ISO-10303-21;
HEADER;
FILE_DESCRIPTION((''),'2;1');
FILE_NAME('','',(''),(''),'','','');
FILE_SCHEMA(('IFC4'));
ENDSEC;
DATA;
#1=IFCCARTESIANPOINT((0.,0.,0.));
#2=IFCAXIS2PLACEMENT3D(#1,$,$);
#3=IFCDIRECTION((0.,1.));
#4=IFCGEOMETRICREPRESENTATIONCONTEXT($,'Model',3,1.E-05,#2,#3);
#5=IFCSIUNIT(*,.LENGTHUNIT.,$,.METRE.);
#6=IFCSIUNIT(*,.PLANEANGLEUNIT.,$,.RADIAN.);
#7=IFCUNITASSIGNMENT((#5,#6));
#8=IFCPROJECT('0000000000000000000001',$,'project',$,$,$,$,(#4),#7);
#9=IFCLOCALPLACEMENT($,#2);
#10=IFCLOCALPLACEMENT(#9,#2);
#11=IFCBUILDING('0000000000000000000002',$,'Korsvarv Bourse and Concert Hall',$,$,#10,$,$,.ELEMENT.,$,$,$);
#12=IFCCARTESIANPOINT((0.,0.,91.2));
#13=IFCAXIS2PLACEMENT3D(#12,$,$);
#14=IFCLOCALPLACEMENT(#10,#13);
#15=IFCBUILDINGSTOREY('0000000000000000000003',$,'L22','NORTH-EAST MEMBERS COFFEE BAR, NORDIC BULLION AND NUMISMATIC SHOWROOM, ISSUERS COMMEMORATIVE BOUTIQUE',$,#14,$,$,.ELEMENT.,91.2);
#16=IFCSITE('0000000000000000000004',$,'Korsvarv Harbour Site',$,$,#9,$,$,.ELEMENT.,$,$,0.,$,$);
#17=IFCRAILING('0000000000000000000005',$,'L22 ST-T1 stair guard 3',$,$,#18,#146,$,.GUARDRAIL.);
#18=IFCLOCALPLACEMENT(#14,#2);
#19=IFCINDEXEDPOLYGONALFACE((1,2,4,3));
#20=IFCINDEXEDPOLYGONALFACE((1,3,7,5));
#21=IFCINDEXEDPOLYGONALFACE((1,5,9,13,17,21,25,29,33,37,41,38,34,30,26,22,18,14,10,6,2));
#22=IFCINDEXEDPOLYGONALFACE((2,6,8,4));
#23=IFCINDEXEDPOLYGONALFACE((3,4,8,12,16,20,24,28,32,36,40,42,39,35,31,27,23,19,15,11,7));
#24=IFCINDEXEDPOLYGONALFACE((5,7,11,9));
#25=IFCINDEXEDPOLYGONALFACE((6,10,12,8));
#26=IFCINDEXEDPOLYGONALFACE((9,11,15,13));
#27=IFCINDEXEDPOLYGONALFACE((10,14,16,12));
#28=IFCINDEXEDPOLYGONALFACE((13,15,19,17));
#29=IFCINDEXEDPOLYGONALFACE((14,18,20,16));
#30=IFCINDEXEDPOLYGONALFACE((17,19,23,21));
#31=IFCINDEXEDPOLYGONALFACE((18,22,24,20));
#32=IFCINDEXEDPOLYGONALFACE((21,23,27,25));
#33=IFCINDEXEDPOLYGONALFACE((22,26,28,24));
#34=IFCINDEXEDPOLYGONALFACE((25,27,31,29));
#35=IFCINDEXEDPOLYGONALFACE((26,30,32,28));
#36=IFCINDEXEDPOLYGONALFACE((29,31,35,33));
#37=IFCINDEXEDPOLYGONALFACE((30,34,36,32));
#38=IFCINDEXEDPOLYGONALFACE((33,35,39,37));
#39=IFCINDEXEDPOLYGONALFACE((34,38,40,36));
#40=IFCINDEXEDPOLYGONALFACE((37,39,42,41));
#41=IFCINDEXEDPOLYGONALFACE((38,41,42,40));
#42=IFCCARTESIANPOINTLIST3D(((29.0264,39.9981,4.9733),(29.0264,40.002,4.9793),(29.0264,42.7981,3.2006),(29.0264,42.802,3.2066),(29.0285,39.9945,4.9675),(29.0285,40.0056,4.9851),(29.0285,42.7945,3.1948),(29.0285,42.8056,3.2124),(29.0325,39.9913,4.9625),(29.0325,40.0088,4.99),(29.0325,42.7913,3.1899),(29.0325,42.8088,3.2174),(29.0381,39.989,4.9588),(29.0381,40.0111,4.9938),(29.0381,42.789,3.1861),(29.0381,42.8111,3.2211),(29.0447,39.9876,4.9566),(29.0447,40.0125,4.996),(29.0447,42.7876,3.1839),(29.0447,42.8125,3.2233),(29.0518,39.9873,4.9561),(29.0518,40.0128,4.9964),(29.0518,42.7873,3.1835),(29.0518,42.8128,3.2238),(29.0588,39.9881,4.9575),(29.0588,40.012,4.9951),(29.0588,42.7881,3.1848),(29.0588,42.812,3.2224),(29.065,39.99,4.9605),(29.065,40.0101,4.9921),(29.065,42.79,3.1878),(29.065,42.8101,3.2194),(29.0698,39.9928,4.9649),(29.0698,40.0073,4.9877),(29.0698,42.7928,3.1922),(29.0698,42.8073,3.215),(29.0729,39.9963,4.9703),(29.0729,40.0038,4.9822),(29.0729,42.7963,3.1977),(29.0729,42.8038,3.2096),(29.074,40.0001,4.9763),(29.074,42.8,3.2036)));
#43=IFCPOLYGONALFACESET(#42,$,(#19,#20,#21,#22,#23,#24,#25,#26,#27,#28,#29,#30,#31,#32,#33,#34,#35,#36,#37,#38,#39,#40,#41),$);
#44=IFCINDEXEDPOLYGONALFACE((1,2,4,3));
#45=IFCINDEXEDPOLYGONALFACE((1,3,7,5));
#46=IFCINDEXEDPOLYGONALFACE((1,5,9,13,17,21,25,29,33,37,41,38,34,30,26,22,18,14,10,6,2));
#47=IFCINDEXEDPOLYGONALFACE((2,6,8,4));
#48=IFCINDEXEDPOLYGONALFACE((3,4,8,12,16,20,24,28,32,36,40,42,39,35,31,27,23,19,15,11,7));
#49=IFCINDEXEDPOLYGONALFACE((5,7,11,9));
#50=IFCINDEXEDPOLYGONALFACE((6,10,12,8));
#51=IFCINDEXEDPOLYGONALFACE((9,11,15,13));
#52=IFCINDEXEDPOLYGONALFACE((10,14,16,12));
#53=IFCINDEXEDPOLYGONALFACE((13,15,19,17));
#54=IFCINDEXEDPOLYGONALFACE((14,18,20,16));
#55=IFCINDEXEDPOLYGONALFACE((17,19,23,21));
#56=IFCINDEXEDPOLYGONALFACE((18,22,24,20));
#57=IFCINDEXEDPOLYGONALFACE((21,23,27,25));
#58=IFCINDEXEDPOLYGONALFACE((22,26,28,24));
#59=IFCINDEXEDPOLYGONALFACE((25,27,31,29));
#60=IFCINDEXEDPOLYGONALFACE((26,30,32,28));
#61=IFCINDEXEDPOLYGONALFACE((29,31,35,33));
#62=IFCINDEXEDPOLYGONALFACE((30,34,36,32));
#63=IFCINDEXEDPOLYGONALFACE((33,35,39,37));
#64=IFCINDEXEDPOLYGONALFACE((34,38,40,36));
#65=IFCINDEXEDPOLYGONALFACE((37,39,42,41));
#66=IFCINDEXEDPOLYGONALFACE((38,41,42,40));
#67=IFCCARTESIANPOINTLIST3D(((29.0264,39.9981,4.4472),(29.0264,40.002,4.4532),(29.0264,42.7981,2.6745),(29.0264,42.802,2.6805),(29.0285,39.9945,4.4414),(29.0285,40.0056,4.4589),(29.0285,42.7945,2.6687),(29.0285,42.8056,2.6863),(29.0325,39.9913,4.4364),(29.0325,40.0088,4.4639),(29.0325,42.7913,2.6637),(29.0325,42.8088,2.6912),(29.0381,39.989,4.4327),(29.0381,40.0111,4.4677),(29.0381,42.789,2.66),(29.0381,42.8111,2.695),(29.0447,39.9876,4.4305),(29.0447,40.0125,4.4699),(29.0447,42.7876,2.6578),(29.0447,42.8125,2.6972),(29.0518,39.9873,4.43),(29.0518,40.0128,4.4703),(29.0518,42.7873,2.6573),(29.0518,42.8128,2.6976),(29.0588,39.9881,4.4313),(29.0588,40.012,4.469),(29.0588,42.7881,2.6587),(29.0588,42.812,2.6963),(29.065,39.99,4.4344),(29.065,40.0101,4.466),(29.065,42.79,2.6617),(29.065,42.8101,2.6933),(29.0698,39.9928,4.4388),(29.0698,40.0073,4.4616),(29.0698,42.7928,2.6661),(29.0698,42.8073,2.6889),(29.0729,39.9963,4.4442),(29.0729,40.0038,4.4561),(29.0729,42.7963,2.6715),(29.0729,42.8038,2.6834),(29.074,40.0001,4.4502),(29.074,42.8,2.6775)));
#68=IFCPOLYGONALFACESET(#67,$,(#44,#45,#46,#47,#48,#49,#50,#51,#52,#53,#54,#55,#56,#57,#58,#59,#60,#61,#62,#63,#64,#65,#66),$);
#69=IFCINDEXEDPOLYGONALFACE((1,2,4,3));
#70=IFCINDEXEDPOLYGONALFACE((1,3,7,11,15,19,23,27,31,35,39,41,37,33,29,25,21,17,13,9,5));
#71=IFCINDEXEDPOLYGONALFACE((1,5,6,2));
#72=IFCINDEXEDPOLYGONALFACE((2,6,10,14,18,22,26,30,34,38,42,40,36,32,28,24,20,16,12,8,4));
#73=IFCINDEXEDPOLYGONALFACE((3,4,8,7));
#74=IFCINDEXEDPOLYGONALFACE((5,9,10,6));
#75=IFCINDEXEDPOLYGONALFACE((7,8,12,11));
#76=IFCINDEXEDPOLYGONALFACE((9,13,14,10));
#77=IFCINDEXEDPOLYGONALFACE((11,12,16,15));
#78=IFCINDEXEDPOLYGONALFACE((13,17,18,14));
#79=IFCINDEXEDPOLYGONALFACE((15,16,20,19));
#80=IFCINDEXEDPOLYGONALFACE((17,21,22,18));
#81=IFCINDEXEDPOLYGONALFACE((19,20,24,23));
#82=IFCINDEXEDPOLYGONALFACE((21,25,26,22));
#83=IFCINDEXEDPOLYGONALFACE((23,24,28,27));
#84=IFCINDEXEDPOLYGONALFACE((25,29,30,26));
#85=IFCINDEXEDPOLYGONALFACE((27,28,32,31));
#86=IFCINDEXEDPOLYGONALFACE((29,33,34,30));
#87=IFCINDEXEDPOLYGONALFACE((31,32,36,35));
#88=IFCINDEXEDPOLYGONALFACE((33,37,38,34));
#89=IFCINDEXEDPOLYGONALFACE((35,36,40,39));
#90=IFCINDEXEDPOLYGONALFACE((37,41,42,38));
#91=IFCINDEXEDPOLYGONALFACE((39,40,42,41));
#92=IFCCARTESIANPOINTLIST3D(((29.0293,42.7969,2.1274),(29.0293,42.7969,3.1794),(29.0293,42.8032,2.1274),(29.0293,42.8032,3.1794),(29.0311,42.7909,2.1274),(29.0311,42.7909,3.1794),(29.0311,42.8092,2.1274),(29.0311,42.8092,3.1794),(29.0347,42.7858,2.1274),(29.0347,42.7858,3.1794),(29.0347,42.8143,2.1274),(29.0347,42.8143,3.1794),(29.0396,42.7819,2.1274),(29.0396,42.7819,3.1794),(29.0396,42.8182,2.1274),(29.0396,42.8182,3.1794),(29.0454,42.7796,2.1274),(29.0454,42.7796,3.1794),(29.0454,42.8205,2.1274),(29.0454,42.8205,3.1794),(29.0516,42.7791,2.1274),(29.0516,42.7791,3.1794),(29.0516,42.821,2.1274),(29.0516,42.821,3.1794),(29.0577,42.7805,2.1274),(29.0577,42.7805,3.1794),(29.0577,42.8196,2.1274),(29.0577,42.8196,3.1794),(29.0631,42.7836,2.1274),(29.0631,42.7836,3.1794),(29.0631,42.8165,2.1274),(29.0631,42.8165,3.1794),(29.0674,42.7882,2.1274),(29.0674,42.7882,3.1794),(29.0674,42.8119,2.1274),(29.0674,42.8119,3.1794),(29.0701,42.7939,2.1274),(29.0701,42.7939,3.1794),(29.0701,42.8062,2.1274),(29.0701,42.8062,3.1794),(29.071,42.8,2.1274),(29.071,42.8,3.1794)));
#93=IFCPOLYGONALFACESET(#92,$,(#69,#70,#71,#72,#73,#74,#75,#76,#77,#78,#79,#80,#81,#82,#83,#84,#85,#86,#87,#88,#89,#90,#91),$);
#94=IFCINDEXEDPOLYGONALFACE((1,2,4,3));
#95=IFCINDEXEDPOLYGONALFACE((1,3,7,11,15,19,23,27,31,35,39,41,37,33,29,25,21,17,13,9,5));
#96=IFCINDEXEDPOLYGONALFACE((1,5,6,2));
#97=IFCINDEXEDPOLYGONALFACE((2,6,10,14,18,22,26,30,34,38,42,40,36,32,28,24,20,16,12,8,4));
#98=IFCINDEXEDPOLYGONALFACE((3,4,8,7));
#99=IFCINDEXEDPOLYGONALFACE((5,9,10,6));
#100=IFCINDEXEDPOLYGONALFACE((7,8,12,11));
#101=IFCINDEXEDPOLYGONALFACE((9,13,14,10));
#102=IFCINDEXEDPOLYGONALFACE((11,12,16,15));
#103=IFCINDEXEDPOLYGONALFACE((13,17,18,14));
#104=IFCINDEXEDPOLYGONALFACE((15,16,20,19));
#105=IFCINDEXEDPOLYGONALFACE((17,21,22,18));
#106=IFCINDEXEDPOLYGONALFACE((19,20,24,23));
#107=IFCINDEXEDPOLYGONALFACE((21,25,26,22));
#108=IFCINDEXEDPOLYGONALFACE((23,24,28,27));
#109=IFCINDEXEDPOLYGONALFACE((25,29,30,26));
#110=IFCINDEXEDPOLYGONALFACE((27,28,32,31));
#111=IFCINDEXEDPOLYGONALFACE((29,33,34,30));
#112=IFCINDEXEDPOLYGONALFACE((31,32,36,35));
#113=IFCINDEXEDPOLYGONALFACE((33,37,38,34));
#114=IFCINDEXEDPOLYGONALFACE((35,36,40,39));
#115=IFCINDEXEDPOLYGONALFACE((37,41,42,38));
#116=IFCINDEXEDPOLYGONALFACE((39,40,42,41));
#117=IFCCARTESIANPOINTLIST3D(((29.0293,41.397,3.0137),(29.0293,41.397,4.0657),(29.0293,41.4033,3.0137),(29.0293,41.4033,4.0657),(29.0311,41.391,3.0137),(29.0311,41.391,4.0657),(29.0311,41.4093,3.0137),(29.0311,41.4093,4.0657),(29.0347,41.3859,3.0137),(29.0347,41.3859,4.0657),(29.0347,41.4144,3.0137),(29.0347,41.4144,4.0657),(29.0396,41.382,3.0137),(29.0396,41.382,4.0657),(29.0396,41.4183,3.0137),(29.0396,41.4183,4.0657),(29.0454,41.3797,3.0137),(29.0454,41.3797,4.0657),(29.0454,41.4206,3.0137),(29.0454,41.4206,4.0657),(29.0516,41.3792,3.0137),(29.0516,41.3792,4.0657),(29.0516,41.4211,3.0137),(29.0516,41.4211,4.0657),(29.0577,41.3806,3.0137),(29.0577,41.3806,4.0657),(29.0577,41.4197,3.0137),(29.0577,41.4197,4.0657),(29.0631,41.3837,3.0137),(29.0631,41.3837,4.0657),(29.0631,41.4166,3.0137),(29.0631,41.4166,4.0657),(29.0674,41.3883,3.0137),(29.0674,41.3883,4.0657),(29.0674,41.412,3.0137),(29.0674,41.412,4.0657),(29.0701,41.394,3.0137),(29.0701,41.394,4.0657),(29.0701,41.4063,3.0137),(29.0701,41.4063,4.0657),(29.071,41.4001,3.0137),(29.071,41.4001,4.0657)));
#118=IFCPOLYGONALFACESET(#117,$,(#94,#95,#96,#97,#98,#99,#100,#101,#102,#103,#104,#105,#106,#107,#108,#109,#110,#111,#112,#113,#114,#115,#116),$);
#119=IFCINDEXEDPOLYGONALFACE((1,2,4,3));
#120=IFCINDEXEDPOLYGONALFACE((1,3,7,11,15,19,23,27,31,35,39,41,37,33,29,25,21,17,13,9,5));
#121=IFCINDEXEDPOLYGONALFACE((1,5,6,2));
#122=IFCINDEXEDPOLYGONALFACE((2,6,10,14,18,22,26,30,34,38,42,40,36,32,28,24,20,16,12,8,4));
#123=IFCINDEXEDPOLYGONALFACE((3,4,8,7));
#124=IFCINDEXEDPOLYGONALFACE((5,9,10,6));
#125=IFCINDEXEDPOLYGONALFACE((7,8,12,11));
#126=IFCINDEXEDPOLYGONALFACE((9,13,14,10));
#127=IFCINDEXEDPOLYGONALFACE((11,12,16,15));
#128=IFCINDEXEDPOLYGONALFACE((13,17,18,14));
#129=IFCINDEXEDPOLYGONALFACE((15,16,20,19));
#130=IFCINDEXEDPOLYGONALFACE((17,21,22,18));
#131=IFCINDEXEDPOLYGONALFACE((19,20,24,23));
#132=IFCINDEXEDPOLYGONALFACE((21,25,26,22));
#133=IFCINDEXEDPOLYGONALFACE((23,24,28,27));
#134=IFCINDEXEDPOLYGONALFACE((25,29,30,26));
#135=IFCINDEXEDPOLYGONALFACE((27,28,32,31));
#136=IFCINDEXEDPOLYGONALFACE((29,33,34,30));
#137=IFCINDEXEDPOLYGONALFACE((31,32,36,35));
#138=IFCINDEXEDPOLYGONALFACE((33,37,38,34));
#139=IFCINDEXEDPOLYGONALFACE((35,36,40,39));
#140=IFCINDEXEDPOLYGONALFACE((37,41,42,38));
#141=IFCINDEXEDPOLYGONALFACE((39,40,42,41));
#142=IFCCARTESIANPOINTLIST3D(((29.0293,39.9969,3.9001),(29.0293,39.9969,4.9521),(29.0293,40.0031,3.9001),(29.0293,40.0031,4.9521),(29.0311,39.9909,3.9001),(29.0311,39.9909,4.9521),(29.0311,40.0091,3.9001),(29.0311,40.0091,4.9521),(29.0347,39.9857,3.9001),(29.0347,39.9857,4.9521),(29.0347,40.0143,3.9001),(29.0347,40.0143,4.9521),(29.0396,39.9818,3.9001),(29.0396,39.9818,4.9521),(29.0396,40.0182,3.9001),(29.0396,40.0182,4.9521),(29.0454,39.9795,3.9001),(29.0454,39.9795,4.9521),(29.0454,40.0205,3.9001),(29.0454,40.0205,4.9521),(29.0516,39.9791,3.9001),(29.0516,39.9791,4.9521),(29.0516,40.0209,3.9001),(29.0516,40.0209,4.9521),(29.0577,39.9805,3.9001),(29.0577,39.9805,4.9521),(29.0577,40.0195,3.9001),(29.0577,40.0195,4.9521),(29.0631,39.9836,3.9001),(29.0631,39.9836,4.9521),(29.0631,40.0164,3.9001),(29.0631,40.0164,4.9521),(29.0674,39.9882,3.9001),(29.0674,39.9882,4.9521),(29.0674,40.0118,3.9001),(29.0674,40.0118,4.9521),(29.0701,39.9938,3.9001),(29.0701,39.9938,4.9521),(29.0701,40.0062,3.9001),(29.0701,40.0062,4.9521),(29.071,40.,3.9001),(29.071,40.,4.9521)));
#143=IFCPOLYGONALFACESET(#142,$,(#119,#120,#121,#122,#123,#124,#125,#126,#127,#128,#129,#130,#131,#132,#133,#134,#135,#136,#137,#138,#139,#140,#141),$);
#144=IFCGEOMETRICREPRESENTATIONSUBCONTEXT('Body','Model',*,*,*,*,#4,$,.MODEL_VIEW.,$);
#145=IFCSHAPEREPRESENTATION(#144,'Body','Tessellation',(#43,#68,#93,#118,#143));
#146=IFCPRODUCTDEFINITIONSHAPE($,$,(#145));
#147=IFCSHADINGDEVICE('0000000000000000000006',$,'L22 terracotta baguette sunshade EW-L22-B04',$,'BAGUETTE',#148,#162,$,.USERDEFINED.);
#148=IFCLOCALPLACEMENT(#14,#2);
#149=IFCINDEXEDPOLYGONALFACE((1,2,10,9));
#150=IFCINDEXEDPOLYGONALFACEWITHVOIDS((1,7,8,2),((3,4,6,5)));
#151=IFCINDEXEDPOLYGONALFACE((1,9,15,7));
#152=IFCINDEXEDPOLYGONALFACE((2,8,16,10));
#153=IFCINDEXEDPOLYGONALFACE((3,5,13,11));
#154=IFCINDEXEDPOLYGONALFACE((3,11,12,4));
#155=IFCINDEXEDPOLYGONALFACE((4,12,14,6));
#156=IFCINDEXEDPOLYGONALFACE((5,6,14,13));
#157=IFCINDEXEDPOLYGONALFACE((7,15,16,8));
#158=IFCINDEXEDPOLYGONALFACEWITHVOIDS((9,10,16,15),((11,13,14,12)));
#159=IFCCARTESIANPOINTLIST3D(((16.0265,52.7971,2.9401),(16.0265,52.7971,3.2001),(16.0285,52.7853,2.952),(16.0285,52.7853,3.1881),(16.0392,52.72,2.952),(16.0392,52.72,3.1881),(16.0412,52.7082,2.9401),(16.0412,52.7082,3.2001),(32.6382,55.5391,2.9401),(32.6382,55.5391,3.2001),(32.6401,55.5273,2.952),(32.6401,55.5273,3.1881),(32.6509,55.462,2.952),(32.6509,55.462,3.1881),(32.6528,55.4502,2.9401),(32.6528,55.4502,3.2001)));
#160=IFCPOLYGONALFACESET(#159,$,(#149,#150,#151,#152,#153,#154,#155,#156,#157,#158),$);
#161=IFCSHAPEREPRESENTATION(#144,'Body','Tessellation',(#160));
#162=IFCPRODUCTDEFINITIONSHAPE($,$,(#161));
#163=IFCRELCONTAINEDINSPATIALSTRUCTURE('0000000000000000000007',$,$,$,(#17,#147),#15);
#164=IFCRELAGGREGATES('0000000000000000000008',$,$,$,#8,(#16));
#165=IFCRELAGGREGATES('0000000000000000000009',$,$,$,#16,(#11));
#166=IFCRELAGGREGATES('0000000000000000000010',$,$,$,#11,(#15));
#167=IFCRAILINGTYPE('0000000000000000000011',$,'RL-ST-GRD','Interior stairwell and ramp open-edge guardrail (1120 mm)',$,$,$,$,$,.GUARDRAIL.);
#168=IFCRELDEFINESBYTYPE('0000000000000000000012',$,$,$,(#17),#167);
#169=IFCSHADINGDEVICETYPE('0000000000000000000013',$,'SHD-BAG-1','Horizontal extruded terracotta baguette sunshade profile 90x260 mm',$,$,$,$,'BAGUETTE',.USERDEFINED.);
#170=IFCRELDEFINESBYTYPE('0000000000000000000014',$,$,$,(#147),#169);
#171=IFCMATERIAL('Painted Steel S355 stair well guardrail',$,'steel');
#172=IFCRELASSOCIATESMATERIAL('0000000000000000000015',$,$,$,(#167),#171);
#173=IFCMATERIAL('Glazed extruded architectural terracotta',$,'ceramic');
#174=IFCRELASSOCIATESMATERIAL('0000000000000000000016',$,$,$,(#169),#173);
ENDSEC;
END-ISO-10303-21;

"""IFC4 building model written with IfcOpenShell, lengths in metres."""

from ifc_helpers import new_model, si_unit, direction, frame, origin, origin_2d, place, context, subcontext, project, spatial, hollow_rectangle, circle, extrude, source, transform, mapped, material, material_profile, profile_set, type_object, element, save


model = new_model("IFC4")

# Units and contexts
model_context = context("Model", 3, precision=1e-05, world=origin(), true_north=direction((0.0, 1.0)))
body_context = subcontext(model_context, "Body", "Model", "MODEL_VIEW")
ifc_project = project(units=[si_unit("LENGTHUNIT", "METRE"), si_unit("PLANEANGLEUNIT", "RADIAN")], contexts=[model_context])

# Site, building, storey
site_placement = place(None, origin())
site = spatial("IfcSite", under=ifc_project, at=site_placement, Name="Korsvarv Harbour Site", CompositionType="ELEMENT", RefElevation=0.0)
building_placement = place(site_placement, origin())
building = spatial("IfcBuilding", under=site, at=building_placement, Name="Korsvarv Bourse and Concert Hall", CompositionType="ELEMENT")
storey_placement = place(building_placement, frame((0.0, 0.0, 91.2)))
storey = spatial("IfcBuildingStorey", under=building, at=storey_placement, Name="L22", Description="NORTH-EAST MEMBERS COFFEE BAR, NORDIC BULLION AND NUMISMATIC SHOWROOM, ISSUERS COMMEMORATIVE BOUTIQUE", CompositionType="ELEMENT", Elevation=91.2)

# Railing
ifc_material_1 = material(Name="Painted Steel S355 stair well guardrail", Category="steel")
railing_type = type_object("IfcRailingType", Name="RL-ST-GRD", Description="Interior stairwell and ramp open-edge guardrail (1120 mm)", PredefinedType="GUARDRAIL", material=ifc_material_1)
railing_1_placement = place(storey_placement, frame((29.05, 42.8, 2.1274)))
element("IfcRailing", 1, at=railing_1_placement, inside=storey, type_object=railing_type, Name="L22 ST-T1 stair guard 3", PredefinedType="GUARDRAIL", context=body_context, shape_type="SweptSolid", body=[
    extrude(circle(Radius=0.0239, at=origin_2d()), frame((0.0, 0.0, 1.0762), z_axis=(0.0, -0.844909, 0.53491), x_axis=(1.0, 0.0, 0.0)), (0.0, 0.0, 1.0), 3.314),
    extrude(circle(Radius=0.0239, at=origin_2d()), frame((0.0, 0.0, 0.55), z_axis=(0.0, -0.844909, 0.53491), x_axis=(1.0, 0.0, 0.0)), (0.0, 0.0, 1.0), 3.314),
    extrude(circle(Radius=0.021, at=origin_2d()), origin(), (0.0, 0.0, 1.0), 1.052),
    extrude(circle(Radius=0.021, at=origin_2d()), frame((0.0, -1.3999, 0.8862)), (0.0, 0.0, 1.0), 1.052),
    extrude(circle(Radius=0.021, at=origin_2d()), frame((0.0, -2.8, 1.7727)), (0.0, 0.0, 1.0), 1.052),
])

# Shading device
ifc_material_2 = material(Name="Glazed extruded architectural terracotta", Category="ceramic")
ifc_material_profile_1 = material_profile(ifc_material_2, hollow_rectangle(XDim=0.0901, YDim=0.26, WallThickness=0.012, at=origin_2d()), Name="TC-BAG 90x260")
ifc_profile_set_1 = profile_set([ifc_material_profile_1], Name="Glazed extruded architectural terracotta")
shading_device_type = type_object("IfcShadingDeviceType", Name="SHD-BAG-1", Description="Horizontal extruded terracotta baguette sunshade profile 90x260 mm", ElementType="BAGUETTE", PredefinedType="USERDEFINED", material=ifc_profile_set_1)
shared_shape_1 = source(origin(), body_context, "Body", "SweptSolid", [
    extrude(hollow_rectangle(XDim=0.0901, YDim=0.26, WallThickness=0.012, at=origin_2d()), origin(), (0.0, 0.0, 1.0), 16.8364),
])
shading_device_placement = place(storey_placement, frame((32.6455, 55.4946, 3.0701), z_axis=(-0.986649, -0.162859, 0.0), x_axis=(0.162859, -0.986649, 0.0)))
element("IfcShadingDevice", 2, at=shading_device_placement, inside=storey, type_object=shading_device_type, Name="L22 terracotta baguette sunshade EW-L22-B04", ObjectType="BAGUETTE", PredefinedType="USERDEFINED", context=body_context, shape_type="MappedRepresentation", body=[
    mapped(shared_shape_1, transform((0.0, 0.0, 0.0), scale=1.0)),
])

save(model, "model.ifc")
